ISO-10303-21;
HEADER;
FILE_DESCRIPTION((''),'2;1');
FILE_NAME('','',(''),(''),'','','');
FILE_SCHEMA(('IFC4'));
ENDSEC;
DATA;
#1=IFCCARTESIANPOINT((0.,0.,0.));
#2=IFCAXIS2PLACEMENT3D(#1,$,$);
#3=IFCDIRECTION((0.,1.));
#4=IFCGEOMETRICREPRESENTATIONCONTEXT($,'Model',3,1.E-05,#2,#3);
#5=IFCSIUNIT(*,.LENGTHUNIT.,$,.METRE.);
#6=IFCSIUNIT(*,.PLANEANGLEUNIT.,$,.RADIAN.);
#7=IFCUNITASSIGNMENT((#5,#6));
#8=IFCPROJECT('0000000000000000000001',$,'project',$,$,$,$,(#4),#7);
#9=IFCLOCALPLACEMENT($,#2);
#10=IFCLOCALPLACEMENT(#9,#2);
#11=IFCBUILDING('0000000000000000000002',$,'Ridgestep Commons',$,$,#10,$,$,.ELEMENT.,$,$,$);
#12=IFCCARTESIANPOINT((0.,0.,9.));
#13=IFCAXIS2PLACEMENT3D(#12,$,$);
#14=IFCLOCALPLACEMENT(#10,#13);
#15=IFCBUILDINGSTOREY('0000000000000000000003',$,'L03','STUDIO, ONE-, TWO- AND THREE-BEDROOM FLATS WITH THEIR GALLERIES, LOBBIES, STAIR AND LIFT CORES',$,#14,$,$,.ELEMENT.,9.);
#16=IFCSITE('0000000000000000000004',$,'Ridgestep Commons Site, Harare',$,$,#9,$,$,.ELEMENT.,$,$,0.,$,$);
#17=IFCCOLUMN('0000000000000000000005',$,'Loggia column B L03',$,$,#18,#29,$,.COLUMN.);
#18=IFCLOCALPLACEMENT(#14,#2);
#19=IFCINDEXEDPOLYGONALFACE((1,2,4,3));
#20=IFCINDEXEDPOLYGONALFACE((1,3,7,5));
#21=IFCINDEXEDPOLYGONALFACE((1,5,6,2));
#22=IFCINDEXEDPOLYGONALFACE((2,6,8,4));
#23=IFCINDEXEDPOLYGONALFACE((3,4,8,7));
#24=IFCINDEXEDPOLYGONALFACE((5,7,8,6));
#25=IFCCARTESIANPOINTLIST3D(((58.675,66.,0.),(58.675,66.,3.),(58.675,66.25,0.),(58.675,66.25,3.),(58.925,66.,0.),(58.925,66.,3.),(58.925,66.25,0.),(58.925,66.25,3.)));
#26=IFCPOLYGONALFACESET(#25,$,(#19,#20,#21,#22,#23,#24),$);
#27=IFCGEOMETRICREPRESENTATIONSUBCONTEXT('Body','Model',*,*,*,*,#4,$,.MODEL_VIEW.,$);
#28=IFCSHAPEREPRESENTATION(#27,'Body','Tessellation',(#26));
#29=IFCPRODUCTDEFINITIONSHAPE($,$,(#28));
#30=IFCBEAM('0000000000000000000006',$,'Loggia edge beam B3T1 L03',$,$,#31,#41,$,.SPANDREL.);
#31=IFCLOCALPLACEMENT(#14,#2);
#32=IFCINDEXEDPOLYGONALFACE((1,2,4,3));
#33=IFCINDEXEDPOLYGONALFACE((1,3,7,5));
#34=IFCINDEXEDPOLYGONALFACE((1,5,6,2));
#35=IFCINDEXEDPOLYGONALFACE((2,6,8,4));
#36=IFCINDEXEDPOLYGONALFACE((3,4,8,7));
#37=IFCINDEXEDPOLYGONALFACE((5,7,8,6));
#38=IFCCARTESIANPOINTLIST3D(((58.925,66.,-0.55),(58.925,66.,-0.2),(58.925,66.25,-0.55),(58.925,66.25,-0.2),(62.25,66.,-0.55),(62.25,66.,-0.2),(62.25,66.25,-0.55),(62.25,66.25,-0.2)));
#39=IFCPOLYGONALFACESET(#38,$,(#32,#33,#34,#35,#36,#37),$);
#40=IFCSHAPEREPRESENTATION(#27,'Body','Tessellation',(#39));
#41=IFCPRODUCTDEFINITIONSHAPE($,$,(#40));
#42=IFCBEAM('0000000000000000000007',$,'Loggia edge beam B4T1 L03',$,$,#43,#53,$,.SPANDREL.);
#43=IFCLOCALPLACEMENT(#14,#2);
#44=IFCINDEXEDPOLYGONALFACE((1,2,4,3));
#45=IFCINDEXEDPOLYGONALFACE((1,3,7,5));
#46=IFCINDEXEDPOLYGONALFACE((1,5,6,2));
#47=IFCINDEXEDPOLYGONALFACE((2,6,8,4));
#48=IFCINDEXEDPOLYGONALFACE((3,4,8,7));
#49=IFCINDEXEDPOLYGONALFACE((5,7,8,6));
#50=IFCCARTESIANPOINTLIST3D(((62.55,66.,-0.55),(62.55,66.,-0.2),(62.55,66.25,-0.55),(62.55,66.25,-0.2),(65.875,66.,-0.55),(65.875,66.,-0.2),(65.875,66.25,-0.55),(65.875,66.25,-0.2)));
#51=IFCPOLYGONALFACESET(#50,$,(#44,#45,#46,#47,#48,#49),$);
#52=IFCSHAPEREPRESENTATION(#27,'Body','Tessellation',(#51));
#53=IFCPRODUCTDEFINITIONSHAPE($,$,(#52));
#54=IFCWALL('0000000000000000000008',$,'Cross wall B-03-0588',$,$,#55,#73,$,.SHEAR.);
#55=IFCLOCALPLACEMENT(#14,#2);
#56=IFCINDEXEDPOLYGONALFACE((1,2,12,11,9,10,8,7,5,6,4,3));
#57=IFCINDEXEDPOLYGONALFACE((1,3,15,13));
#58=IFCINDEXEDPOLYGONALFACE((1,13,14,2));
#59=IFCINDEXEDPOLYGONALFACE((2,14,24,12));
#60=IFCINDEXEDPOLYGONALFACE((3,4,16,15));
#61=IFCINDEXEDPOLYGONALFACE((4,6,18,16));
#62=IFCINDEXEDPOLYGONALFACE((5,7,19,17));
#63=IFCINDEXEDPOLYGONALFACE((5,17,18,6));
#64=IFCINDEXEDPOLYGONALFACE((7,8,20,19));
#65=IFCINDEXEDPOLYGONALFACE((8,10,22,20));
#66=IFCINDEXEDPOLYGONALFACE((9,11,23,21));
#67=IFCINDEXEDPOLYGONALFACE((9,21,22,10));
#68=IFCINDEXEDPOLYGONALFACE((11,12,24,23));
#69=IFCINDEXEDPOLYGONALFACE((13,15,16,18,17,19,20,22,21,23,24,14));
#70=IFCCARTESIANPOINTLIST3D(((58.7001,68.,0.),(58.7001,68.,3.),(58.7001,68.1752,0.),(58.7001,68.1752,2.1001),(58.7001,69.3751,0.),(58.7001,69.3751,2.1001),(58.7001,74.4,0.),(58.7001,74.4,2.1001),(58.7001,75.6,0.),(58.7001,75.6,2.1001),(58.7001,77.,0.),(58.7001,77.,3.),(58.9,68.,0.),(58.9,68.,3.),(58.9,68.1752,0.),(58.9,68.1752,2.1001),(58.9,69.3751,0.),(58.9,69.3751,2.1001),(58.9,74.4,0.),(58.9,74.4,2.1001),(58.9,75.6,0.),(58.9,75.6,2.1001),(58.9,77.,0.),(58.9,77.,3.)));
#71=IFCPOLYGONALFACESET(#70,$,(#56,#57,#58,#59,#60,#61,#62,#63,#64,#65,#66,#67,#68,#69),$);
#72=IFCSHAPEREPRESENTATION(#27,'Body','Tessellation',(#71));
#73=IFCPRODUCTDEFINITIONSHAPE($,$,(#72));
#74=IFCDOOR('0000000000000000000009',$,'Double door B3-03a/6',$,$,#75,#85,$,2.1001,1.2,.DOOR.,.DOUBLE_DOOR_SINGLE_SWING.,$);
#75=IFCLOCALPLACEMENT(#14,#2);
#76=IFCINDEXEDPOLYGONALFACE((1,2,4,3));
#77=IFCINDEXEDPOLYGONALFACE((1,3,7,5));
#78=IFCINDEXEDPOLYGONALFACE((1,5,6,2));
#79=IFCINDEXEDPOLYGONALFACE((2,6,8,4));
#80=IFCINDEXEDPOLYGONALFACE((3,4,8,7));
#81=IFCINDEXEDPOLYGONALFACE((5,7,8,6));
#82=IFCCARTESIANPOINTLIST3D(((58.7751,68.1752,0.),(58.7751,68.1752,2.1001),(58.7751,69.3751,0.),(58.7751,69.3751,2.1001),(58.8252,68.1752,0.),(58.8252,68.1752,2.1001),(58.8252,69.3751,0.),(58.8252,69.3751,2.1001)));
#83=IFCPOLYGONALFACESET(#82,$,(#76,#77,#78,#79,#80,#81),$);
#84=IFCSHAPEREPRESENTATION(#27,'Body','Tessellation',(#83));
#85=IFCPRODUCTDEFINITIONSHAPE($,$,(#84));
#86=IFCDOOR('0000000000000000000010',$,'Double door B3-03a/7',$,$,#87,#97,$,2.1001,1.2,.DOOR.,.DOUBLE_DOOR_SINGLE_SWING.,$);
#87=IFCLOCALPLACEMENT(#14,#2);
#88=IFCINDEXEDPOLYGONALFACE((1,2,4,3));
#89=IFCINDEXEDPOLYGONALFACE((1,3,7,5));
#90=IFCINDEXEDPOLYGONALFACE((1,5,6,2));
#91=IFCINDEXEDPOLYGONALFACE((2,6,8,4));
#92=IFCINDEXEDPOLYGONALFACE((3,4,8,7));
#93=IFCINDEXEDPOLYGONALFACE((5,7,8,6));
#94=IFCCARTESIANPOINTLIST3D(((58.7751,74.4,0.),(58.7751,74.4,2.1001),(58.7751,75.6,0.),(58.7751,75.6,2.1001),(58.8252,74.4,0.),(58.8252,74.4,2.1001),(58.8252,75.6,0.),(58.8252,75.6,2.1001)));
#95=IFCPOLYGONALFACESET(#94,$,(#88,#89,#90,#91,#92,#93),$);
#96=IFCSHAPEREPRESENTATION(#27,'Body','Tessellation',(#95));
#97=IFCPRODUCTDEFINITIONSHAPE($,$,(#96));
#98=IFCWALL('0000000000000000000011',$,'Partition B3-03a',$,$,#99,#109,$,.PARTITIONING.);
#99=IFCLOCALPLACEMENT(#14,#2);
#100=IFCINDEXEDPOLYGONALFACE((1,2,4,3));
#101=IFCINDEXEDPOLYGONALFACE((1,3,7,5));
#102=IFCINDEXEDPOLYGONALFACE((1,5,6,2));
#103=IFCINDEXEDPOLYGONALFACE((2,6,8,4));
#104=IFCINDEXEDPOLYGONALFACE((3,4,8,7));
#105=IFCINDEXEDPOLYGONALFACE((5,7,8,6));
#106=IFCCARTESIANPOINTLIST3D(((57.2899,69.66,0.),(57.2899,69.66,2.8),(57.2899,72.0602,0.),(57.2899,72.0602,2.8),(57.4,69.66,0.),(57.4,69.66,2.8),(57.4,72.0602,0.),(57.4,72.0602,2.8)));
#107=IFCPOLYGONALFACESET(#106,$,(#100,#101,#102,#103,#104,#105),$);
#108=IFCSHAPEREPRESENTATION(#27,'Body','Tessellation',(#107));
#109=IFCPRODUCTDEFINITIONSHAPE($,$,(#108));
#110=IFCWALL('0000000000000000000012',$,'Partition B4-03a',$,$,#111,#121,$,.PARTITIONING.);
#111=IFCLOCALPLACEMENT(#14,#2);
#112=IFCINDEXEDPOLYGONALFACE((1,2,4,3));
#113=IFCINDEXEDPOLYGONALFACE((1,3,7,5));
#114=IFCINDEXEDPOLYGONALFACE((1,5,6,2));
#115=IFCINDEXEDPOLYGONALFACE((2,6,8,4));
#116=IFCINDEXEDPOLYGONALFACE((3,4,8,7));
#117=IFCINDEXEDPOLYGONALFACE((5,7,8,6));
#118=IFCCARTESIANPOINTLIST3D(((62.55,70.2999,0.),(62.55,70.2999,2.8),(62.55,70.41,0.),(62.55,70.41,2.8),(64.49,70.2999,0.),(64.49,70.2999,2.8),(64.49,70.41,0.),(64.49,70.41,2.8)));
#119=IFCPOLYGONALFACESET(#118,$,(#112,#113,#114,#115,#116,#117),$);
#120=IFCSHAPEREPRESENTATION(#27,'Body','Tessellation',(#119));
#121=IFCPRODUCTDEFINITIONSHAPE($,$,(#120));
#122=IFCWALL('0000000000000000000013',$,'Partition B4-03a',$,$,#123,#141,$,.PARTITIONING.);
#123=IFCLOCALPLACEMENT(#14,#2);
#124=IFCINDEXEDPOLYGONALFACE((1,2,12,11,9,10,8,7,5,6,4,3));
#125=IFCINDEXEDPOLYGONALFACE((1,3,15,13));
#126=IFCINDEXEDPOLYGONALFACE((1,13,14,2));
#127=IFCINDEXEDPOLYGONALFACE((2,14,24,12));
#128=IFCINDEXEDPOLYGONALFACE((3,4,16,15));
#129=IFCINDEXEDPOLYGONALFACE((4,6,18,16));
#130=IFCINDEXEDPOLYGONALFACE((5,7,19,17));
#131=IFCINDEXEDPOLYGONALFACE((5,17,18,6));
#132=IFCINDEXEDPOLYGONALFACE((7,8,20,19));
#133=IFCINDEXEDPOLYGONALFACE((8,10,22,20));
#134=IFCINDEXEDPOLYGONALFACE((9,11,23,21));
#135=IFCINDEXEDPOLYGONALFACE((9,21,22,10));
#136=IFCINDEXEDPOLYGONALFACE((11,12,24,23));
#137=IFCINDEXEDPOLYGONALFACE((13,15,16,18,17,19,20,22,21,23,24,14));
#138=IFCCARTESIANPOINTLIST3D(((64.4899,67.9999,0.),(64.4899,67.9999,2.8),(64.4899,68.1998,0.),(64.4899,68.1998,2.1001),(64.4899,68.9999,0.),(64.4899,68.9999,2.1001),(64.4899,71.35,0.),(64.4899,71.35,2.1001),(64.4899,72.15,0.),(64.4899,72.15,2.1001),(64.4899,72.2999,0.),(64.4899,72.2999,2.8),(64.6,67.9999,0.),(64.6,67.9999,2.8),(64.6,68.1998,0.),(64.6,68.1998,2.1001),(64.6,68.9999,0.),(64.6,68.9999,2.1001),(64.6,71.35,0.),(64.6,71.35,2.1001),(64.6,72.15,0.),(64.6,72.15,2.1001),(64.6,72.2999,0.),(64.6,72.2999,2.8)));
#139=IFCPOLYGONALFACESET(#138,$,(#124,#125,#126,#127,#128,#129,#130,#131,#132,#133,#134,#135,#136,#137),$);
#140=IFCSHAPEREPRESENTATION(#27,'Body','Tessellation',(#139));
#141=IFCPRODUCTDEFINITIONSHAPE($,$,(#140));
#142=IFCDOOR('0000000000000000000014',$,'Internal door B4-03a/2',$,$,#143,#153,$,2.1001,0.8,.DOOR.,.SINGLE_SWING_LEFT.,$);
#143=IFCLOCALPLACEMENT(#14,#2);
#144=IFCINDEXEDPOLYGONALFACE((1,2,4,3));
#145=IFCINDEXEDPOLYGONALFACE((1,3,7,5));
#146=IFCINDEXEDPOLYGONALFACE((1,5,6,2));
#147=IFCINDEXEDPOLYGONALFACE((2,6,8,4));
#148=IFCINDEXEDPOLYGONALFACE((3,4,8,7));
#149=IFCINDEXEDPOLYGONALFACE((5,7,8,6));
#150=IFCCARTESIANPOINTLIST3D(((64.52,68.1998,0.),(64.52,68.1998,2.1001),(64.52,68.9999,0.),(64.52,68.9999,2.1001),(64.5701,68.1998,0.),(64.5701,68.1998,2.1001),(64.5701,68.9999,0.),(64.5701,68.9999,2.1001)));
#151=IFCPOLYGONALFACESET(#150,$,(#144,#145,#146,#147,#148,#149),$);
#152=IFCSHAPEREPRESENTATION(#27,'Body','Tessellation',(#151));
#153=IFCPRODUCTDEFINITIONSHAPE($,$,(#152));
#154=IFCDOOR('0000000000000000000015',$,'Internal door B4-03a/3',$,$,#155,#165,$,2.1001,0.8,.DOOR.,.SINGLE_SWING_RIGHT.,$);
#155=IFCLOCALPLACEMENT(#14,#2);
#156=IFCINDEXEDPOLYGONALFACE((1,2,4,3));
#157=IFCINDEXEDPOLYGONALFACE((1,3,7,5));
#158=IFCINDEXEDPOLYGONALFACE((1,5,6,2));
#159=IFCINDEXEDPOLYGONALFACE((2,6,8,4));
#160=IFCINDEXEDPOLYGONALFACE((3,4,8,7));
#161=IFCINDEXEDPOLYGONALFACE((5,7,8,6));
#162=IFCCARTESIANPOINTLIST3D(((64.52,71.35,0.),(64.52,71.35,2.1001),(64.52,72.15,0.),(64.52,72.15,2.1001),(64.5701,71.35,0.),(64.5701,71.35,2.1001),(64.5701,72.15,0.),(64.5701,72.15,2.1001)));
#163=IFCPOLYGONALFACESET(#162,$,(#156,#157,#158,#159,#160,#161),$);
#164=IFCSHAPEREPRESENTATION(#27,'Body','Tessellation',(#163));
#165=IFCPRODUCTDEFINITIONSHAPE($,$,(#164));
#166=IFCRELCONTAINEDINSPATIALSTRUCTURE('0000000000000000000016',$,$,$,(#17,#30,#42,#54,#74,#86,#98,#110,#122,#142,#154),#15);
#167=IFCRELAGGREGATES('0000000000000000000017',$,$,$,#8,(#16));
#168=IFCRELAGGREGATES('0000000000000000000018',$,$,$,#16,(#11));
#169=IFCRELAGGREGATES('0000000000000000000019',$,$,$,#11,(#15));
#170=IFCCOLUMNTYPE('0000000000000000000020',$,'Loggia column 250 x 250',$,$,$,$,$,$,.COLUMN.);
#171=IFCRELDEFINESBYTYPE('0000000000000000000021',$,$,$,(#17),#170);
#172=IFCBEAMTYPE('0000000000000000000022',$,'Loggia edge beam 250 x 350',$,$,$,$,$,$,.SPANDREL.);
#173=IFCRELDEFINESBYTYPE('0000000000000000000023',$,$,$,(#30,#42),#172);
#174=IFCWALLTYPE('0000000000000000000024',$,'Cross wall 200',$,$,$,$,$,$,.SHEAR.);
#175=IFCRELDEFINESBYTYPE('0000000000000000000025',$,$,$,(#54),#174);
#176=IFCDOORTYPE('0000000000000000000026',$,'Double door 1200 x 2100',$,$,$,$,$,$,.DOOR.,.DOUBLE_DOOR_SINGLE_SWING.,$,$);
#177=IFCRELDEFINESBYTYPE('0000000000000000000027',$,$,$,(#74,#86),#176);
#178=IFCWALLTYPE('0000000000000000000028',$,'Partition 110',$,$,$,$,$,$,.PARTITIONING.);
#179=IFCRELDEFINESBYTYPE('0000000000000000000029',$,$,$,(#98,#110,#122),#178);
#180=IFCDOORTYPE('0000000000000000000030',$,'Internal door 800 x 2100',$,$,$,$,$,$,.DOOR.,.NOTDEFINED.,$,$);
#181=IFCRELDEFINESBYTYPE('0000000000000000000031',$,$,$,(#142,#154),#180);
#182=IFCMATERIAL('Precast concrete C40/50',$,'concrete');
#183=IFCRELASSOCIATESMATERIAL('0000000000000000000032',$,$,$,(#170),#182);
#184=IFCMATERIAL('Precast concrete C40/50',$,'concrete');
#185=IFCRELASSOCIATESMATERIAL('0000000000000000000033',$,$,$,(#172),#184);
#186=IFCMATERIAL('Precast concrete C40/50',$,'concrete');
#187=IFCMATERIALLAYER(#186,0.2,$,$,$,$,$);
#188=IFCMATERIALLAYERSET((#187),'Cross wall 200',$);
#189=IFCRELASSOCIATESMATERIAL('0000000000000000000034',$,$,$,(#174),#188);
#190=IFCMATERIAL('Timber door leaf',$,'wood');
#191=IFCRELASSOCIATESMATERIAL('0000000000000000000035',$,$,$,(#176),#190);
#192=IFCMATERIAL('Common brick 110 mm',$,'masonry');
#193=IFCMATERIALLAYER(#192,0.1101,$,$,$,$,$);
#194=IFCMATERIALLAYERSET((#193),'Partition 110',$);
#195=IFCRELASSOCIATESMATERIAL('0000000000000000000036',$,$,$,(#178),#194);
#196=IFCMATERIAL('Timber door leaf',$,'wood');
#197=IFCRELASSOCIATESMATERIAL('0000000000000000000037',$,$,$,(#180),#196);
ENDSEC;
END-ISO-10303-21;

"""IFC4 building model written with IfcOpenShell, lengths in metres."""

from ifc_helpers import new_model, si_unit, direction, frame, frame_2d, origin, origin_2d, place, context, subcontext, project, spatial, rectangle, extrude, material, layer, layer_set, material_profile, profile_set, type_object, element, fill, save


model = new_model("IFC4")

# Units and contexts
model_context = context("Model", 3, precision=1e-05, world=origin(), true_north=direction((0.0, 1.0)))
body_context = subcontext(model_context, "Body", "Model", "MODEL_VIEW")
ifc_project = project(units=[si_unit("LENGTHUNIT", "METRE"), si_unit("PLANEANGLEUNIT", "RADIAN")], contexts=[model_context])

# Site, building, storey
site_placement = place(None, origin())
site = spatial("IfcSite", under=ifc_project, at=site_placement, Name="Ridgestep Commons Site, Harare", CompositionType="ELEMENT", RefElevation=0.0)
building_placement = place(site_placement, origin())
building = spatial("IfcBuilding", under=site, at=building_placement, Name="Ridgestep Commons", CompositionType="ELEMENT")
storey_placement = place(building_placement, frame((0.0, 0.0, 9.0)))
storey = spatial("IfcBuildingStorey", under=building, at=storey_placement, Name="L03", Description="STUDIO, ONE-, TWO- AND THREE-BEDROOM FLATS WITH THEIR GALLERIES, LOBBIES, STAIR AND LIFT CORES", CompositionType="ELEMENT", Elevation=9.0)

# Column
ifc_material_1 = material(Name="Precast concrete C40/50", Category="concrete")
ifc_material_profile_1 = material_profile(ifc_material_1, rectangle(XDim=0.25, YDim=0.25, at=origin_2d()), Name="PC 250x250")
ifc_profile_set_1 = profile_set([ifc_material_profile_1], Name="Precast concrete C40/50")
column_type = type_object("IfcColumnType", Name="Loggia column 250 x 250", PredefinedType="COLUMN", material=ifc_profile_set_1)
column_placement = place(storey_placement, frame((58.8, 66.125, 0.0), z_axis=(0.0, 0.0, 1.0), x_axis=(1.0, 0.0, 0.0)))
element("IfcColumn", 1, at=column_placement, inside=storey, type_object=column_type, Name="Loggia column B L03", PredefinedType="COLUMN", context=body_context, shape_type="SweptSolid", body=[
    extrude(rectangle(XDim=0.25, YDim=0.25, at=origin_2d()), origin(), (0.0, 0.0, 1.0), 3.0),
])

# Beams
ifc_material_2 = material(Name="Precast concrete C40/50", Category="concrete")
ifc_material_profile_2 = material_profile(ifc_material_2, rectangle(XDim=0.25, YDim=0.3501, at=origin_2d()), Name="PC 250x350")
ifc_profile_set_2 = profile_set([ifc_material_profile_2], Name="Precast concrete C40/50")
beam_type = type_object("IfcBeamType", Name="Loggia edge beam 250 x 350", PredefinedType="SPANDREL", material=ifc_profile_set_2)
for number, where, z_axis, x_axis, name in (
    (2, (58.925, 66.125, -0.375), (1.0, 0.0, 0.0), (0.0, 1.0, 0.0), "Loggia edge beam B3T1 L03"),
    (3, (62.55, 66.125, -0.375), (1.0, 0.0, 0.0), (0.0, 1.0, 0.0), "Loggia edge beam B4T1 L03"),
):
    element("IfcBeam", number, at=place(storey_placement, frame(where, z_axis=z_axis, x_axis=x_axis)), inside=storey, type_object=beam_type, Name=name, PredefinedType="SPANDREL", context=body_context, shape_type="SweptSolid", body=[
        extrude(rectangle(XDim=0.25, YDim=0.3501, at=origin_2d()), origin(), (0.0, 0.0, 1.0), 3.325),
    ])

# Wall, openings, doors
ifc_material_3 = material(Name="Precast concrete C40/50", Category="concrete")
ifc_layer_1 = layer(ifc_material_3, 0.2)
ifc_layer_set_1 = layer_set([ifc_layer_1], Name="Cross wall 200")
wall_type_1 = type_object("IfcWallType", Name="Cross wall 200", PredefinedType="SHEAR", material=ifc_layer_set_1)
wall_1_placement = place(storey_placement, frame((58.8, 68.0, 0.0), z_axis=(0.0, 0.0, 1.0), x_axis=(0.0, 1.0, 0.0)))
wall_1 = element("IfcWall", 4, at=wall_1_placement, inside=storey, type_object=wall_type_1, Name="Cross wall B-03-0588", PredefinedType="SHEAR", context=body_context, shape_type="SweptSolid", body=[
    extrude(rectangle(XDim=9.0, YDim=0.2, at=frame_2d((4.5, 0.0))), origin(), (0.0, 0.0, 1.0), 3.0),
])
opening_1_placement = place(wall_1_placement, frame((0.175, 0.0, 0.0)))
opening_1 = element("IfcOpeningElement", 5, at=opening_1_placement, cuts=wall_1, PredefinedType="OPENING", context=body_context, shape_type="SweptSolid", body=[
    extrude(rectangle(XDim=1.2, YDim=2.1001, at=frame_2d((0.6001, 1.05))), frame((0.0, 0.1099, 0.0), z_axis=(0.0, -1.0, 0.0), x_axis=(1.0, 0.0, 0.0)), (0.0, 0.0, 1.0), 0.22),
])
opening_2_placement = place(wall_1_placement, frame((6.3999, 0.0, 0.0)))
opening_2 = element("IfcOpeningElement", 6, at=opening_2_placement, cuts=wall_1, PredefinedType="OPENING", context=body_context, shape_type="SweptSolid", body=[
    extrude(rectangle(XDim=1.2, YDim=2.1001, at=frame_2d((0.6001, 1.05))), frame((0.0, 0.1099, 0.0), z_axis=(0.0, -1.0, 0.0), x_axis=(1.0, 0.0, 0.0)), (0.0, 0.0, 1.0), 0.22),
])
ifc_material_4 = material(Name="Timber door leaf", Category="wood")
door_type_1 = type_object("IfcDoorType", Name="Double door 1200 x 2100", OperationType="DOUBLE_DOOR_SINGLE_SWING", PredefinedType="DOOR", material=ifc_material_4)
door_1_placement = place(opening_1_placement, origin())
door_1 = element("IfcDoor", 7, at=door_1_placement, inside=storey, type_object=door_type_1, Name="Double door B3-03a/6", OperationType="DOUBLE_DOOR_SINGLE_SWING", OverallHeight=2.1001, OverallWidth=1.2, PredefinedType="DOOR", context=body_context, shape_type="SweptSolid", body=[
    extrude(rectangle(XDim=1.2, YDim=2.1001, at=frame_2d((0.6001, 1.05))), frame((0.0, 0.0249, 0.0), z_axis=(0.0, -1.0, 0.0), x_axis=(1.0, 0.0, 0.0)), (0.0, 0.0, 1.0), 0.05),
])
fill(opening_1, door_1)
door_2_placement = place(opening_2_placement, origin())
door_2 = element("IfcDoor", 8, at=door_2_placement, inside=storey, type_object=door_type_1, Name="Double door B3-03a/7", OperationType="DOUBLE_DOOR_SINGLE_SWING", OverallHeight=2.1001, OverallWidth=1.2, PredefinedType="DOOR", context=body_context, shape_type="SweptSolid", body=[
    extrude(rectangle(XDim=1.2, YDim=2.1001, at=frame_2d((0.6001, 1.05))), frame((0.0, 0.0249, 0.0), z_axis=(0.0, -1.0, 0.0), x_axis=(1.0, 0.0, 0.0)), (0.0, 0.0, 1.0), 0.05),
])
fill(opening_2, door_2)

# Walls
ifc_material_5 = material(Name="Common brick 110 mm", Category="masonry")
ifc_layer_2 = layer(ifc_material_5, 0.1101)
ifc_layer_set_2 = layer_set([ifc_layer_2], Name="Partition 110")
wall_type_2 = type_object("IfcWallType", Name="Partition 110", PredefinedType="PARTITIONING", material=ifc_layer_set_2)
wall_2_placement = place(storey_placement, frame((57.345, 69.6599, 0.0), z_axis=(0.0, 0.0, 1.0), x_axis=(0.0, 1.0, 0.0)))
element("IfcWall", 9, at=wall_2_placement, inside=storey, type_object=wall_type_2, Name="Partition B3-03a", PredefinedType="PARTITIONING", context=body_context, shape_type="SweptSolid", body=[
    extrude(rectangle(XDim=2.4001, YDim=0.1101, at=frame_2d((1.2002, 0.0))), origin(), (0.0, 0.0, 1.0), 2.8),
])
wall_3_placement = place(storey_placement, frame((62.55, 70.355, 0.0), z_axis=(0.0, 0.0, 1.0), x_axis=(1.0, 0.0, 0.0)))
element("IfcWall", 10, at=wall_3_placement, inside=storey, type_object=wall_type_2, Name="Partition B4-03a", PredefinedType="PARTITIONING", context=body_context, shape_type="SweptSolid", body=[
    extrude(rectangle(XDim=1.9399, YDim=0.1101, at=frame_2d((0.97, 0.0))), origin(), (0.0, 0.0, 1.0), 2.8),
])

# Wall, openings, doors
wall_4_placement = place(storey_placement, frame((64.5449, 68.0, 0.0), z_axis=(0.0, 0.0, 1.0), x_axis=(0.0, 1.0, 0.0)))
wall_4 = element("IfcWall", 11, at=wall_4_placement, inside=storey, type_object=wall_type_2, Name="Partition B4-03a", PredefinedType="PARTITIONING", context=body_context, shape_type="SweptSolid", body=[
    extrude(rectangle(XDim=4.3, YDim=0.1101, at=frame_2d((2.1499, 0.0))), origin(), (0.0, 0.0, 1.0), 2.8),
])
opening_3_placement = place(wall_4_placement, frame((0.2, 0.0, 0.0)))
opening_3 = element("IfcOpeningElement", 12, at=opening_3_placement, cuts=wall_4, PredefinedType="OPENING", context=body_context, shape_type="SweptSolid", body=[
    extrude(rectangle(XDim=0.8, YDim=2.1001, at=frame_2d((0.3999, 1.05))), frame((0.0, 0.0649, 0.0), z_axis=(0.0, -1.0, 0.0), x_axis=(1.0, 0.0, 0.0)), (0.0, 0.0, 1.0), 0.1301),
])
opening_4_placement = place(wall_4_placement, frame((3.3501, 0.0, 0.0)))
opening_4 = element("IfcOpeningElement", 13, at=opening_4_placement, cuts=wall_4, PredefinedType="OPENING", context=body_context, shape_type="SweptSolid", body=[
    extrude(rectangle(XDim=0.8, YDim=2.1001, at=frame_2d((0.3999, 1.05))), frame((0.0, 0.0649, 0.0), z_axis=(0.0, -1.0, 0.0), x_axis=(1.0, 0.0, 0.0)), (0.0, 0.0, 1.0), 0.1301),
])
ifc_material_6 = material(Name="Timber door leaf", Category="wood")
door_type_2 = type_object("IfcDoorType", Name="Internal door 800 x 2100", OperationType="NOTDEFINED", PredefinedType="DOOR", material=ifc_material_6)
door_3_placement = place(opening_3_placement, origin())
door_3 = element("IfcDoor", 14, at=door_3_placement, inside=storey, type_object=door_type_2, Name="Internal door B4-03a/2", OperationType="SINGLE_SWING_LEFT", OverallHeight=2.1001, OverallWidth=0.8, PredefinedType="DOOR", context=body_context, shape_type="SweptSolid", body=[
    extrude(rectangle(XDim=0.8, YDim=2.1001, at=frame_2d((0.3999, 1.05))), frame((0.0, 0.0249, 0.0), z_axis=(0.0, -1.0, 0.0), x_axis=(1.0, 0.0, 0.0)), (0.0, 0.0, 1.0), 0.05),
])
fill(opening_3, door_3)
door_4_placement = place(opening_4_placement, origin())
door_4 = element("IfcDoor", 15, at=door_4_placement, inside=storey, type_object=door_type_2, Name="Internal door B4-03a/3", OperationType="SINGLE_SWING_RIGHT", OverallHeight=2.1001, OverallWidth=0.8, PredefinedType="DOOR", context=body_context, shape_type="SweptSolid", body=[
    extrude(rectangle(XDim=0.8, YDim=2.1001, at=frame_2d((0.3999, 1.05))), frame((0.0, 0.0249, 0.0), z_axis=(0.0, -1.0, 0.0), x_axis=(1.0, 0.0, 0.0)), (0.0, 0.0, 1.0), 0.05),
])
fill(opening_4, door_4)

save(model, "model.ifc")
